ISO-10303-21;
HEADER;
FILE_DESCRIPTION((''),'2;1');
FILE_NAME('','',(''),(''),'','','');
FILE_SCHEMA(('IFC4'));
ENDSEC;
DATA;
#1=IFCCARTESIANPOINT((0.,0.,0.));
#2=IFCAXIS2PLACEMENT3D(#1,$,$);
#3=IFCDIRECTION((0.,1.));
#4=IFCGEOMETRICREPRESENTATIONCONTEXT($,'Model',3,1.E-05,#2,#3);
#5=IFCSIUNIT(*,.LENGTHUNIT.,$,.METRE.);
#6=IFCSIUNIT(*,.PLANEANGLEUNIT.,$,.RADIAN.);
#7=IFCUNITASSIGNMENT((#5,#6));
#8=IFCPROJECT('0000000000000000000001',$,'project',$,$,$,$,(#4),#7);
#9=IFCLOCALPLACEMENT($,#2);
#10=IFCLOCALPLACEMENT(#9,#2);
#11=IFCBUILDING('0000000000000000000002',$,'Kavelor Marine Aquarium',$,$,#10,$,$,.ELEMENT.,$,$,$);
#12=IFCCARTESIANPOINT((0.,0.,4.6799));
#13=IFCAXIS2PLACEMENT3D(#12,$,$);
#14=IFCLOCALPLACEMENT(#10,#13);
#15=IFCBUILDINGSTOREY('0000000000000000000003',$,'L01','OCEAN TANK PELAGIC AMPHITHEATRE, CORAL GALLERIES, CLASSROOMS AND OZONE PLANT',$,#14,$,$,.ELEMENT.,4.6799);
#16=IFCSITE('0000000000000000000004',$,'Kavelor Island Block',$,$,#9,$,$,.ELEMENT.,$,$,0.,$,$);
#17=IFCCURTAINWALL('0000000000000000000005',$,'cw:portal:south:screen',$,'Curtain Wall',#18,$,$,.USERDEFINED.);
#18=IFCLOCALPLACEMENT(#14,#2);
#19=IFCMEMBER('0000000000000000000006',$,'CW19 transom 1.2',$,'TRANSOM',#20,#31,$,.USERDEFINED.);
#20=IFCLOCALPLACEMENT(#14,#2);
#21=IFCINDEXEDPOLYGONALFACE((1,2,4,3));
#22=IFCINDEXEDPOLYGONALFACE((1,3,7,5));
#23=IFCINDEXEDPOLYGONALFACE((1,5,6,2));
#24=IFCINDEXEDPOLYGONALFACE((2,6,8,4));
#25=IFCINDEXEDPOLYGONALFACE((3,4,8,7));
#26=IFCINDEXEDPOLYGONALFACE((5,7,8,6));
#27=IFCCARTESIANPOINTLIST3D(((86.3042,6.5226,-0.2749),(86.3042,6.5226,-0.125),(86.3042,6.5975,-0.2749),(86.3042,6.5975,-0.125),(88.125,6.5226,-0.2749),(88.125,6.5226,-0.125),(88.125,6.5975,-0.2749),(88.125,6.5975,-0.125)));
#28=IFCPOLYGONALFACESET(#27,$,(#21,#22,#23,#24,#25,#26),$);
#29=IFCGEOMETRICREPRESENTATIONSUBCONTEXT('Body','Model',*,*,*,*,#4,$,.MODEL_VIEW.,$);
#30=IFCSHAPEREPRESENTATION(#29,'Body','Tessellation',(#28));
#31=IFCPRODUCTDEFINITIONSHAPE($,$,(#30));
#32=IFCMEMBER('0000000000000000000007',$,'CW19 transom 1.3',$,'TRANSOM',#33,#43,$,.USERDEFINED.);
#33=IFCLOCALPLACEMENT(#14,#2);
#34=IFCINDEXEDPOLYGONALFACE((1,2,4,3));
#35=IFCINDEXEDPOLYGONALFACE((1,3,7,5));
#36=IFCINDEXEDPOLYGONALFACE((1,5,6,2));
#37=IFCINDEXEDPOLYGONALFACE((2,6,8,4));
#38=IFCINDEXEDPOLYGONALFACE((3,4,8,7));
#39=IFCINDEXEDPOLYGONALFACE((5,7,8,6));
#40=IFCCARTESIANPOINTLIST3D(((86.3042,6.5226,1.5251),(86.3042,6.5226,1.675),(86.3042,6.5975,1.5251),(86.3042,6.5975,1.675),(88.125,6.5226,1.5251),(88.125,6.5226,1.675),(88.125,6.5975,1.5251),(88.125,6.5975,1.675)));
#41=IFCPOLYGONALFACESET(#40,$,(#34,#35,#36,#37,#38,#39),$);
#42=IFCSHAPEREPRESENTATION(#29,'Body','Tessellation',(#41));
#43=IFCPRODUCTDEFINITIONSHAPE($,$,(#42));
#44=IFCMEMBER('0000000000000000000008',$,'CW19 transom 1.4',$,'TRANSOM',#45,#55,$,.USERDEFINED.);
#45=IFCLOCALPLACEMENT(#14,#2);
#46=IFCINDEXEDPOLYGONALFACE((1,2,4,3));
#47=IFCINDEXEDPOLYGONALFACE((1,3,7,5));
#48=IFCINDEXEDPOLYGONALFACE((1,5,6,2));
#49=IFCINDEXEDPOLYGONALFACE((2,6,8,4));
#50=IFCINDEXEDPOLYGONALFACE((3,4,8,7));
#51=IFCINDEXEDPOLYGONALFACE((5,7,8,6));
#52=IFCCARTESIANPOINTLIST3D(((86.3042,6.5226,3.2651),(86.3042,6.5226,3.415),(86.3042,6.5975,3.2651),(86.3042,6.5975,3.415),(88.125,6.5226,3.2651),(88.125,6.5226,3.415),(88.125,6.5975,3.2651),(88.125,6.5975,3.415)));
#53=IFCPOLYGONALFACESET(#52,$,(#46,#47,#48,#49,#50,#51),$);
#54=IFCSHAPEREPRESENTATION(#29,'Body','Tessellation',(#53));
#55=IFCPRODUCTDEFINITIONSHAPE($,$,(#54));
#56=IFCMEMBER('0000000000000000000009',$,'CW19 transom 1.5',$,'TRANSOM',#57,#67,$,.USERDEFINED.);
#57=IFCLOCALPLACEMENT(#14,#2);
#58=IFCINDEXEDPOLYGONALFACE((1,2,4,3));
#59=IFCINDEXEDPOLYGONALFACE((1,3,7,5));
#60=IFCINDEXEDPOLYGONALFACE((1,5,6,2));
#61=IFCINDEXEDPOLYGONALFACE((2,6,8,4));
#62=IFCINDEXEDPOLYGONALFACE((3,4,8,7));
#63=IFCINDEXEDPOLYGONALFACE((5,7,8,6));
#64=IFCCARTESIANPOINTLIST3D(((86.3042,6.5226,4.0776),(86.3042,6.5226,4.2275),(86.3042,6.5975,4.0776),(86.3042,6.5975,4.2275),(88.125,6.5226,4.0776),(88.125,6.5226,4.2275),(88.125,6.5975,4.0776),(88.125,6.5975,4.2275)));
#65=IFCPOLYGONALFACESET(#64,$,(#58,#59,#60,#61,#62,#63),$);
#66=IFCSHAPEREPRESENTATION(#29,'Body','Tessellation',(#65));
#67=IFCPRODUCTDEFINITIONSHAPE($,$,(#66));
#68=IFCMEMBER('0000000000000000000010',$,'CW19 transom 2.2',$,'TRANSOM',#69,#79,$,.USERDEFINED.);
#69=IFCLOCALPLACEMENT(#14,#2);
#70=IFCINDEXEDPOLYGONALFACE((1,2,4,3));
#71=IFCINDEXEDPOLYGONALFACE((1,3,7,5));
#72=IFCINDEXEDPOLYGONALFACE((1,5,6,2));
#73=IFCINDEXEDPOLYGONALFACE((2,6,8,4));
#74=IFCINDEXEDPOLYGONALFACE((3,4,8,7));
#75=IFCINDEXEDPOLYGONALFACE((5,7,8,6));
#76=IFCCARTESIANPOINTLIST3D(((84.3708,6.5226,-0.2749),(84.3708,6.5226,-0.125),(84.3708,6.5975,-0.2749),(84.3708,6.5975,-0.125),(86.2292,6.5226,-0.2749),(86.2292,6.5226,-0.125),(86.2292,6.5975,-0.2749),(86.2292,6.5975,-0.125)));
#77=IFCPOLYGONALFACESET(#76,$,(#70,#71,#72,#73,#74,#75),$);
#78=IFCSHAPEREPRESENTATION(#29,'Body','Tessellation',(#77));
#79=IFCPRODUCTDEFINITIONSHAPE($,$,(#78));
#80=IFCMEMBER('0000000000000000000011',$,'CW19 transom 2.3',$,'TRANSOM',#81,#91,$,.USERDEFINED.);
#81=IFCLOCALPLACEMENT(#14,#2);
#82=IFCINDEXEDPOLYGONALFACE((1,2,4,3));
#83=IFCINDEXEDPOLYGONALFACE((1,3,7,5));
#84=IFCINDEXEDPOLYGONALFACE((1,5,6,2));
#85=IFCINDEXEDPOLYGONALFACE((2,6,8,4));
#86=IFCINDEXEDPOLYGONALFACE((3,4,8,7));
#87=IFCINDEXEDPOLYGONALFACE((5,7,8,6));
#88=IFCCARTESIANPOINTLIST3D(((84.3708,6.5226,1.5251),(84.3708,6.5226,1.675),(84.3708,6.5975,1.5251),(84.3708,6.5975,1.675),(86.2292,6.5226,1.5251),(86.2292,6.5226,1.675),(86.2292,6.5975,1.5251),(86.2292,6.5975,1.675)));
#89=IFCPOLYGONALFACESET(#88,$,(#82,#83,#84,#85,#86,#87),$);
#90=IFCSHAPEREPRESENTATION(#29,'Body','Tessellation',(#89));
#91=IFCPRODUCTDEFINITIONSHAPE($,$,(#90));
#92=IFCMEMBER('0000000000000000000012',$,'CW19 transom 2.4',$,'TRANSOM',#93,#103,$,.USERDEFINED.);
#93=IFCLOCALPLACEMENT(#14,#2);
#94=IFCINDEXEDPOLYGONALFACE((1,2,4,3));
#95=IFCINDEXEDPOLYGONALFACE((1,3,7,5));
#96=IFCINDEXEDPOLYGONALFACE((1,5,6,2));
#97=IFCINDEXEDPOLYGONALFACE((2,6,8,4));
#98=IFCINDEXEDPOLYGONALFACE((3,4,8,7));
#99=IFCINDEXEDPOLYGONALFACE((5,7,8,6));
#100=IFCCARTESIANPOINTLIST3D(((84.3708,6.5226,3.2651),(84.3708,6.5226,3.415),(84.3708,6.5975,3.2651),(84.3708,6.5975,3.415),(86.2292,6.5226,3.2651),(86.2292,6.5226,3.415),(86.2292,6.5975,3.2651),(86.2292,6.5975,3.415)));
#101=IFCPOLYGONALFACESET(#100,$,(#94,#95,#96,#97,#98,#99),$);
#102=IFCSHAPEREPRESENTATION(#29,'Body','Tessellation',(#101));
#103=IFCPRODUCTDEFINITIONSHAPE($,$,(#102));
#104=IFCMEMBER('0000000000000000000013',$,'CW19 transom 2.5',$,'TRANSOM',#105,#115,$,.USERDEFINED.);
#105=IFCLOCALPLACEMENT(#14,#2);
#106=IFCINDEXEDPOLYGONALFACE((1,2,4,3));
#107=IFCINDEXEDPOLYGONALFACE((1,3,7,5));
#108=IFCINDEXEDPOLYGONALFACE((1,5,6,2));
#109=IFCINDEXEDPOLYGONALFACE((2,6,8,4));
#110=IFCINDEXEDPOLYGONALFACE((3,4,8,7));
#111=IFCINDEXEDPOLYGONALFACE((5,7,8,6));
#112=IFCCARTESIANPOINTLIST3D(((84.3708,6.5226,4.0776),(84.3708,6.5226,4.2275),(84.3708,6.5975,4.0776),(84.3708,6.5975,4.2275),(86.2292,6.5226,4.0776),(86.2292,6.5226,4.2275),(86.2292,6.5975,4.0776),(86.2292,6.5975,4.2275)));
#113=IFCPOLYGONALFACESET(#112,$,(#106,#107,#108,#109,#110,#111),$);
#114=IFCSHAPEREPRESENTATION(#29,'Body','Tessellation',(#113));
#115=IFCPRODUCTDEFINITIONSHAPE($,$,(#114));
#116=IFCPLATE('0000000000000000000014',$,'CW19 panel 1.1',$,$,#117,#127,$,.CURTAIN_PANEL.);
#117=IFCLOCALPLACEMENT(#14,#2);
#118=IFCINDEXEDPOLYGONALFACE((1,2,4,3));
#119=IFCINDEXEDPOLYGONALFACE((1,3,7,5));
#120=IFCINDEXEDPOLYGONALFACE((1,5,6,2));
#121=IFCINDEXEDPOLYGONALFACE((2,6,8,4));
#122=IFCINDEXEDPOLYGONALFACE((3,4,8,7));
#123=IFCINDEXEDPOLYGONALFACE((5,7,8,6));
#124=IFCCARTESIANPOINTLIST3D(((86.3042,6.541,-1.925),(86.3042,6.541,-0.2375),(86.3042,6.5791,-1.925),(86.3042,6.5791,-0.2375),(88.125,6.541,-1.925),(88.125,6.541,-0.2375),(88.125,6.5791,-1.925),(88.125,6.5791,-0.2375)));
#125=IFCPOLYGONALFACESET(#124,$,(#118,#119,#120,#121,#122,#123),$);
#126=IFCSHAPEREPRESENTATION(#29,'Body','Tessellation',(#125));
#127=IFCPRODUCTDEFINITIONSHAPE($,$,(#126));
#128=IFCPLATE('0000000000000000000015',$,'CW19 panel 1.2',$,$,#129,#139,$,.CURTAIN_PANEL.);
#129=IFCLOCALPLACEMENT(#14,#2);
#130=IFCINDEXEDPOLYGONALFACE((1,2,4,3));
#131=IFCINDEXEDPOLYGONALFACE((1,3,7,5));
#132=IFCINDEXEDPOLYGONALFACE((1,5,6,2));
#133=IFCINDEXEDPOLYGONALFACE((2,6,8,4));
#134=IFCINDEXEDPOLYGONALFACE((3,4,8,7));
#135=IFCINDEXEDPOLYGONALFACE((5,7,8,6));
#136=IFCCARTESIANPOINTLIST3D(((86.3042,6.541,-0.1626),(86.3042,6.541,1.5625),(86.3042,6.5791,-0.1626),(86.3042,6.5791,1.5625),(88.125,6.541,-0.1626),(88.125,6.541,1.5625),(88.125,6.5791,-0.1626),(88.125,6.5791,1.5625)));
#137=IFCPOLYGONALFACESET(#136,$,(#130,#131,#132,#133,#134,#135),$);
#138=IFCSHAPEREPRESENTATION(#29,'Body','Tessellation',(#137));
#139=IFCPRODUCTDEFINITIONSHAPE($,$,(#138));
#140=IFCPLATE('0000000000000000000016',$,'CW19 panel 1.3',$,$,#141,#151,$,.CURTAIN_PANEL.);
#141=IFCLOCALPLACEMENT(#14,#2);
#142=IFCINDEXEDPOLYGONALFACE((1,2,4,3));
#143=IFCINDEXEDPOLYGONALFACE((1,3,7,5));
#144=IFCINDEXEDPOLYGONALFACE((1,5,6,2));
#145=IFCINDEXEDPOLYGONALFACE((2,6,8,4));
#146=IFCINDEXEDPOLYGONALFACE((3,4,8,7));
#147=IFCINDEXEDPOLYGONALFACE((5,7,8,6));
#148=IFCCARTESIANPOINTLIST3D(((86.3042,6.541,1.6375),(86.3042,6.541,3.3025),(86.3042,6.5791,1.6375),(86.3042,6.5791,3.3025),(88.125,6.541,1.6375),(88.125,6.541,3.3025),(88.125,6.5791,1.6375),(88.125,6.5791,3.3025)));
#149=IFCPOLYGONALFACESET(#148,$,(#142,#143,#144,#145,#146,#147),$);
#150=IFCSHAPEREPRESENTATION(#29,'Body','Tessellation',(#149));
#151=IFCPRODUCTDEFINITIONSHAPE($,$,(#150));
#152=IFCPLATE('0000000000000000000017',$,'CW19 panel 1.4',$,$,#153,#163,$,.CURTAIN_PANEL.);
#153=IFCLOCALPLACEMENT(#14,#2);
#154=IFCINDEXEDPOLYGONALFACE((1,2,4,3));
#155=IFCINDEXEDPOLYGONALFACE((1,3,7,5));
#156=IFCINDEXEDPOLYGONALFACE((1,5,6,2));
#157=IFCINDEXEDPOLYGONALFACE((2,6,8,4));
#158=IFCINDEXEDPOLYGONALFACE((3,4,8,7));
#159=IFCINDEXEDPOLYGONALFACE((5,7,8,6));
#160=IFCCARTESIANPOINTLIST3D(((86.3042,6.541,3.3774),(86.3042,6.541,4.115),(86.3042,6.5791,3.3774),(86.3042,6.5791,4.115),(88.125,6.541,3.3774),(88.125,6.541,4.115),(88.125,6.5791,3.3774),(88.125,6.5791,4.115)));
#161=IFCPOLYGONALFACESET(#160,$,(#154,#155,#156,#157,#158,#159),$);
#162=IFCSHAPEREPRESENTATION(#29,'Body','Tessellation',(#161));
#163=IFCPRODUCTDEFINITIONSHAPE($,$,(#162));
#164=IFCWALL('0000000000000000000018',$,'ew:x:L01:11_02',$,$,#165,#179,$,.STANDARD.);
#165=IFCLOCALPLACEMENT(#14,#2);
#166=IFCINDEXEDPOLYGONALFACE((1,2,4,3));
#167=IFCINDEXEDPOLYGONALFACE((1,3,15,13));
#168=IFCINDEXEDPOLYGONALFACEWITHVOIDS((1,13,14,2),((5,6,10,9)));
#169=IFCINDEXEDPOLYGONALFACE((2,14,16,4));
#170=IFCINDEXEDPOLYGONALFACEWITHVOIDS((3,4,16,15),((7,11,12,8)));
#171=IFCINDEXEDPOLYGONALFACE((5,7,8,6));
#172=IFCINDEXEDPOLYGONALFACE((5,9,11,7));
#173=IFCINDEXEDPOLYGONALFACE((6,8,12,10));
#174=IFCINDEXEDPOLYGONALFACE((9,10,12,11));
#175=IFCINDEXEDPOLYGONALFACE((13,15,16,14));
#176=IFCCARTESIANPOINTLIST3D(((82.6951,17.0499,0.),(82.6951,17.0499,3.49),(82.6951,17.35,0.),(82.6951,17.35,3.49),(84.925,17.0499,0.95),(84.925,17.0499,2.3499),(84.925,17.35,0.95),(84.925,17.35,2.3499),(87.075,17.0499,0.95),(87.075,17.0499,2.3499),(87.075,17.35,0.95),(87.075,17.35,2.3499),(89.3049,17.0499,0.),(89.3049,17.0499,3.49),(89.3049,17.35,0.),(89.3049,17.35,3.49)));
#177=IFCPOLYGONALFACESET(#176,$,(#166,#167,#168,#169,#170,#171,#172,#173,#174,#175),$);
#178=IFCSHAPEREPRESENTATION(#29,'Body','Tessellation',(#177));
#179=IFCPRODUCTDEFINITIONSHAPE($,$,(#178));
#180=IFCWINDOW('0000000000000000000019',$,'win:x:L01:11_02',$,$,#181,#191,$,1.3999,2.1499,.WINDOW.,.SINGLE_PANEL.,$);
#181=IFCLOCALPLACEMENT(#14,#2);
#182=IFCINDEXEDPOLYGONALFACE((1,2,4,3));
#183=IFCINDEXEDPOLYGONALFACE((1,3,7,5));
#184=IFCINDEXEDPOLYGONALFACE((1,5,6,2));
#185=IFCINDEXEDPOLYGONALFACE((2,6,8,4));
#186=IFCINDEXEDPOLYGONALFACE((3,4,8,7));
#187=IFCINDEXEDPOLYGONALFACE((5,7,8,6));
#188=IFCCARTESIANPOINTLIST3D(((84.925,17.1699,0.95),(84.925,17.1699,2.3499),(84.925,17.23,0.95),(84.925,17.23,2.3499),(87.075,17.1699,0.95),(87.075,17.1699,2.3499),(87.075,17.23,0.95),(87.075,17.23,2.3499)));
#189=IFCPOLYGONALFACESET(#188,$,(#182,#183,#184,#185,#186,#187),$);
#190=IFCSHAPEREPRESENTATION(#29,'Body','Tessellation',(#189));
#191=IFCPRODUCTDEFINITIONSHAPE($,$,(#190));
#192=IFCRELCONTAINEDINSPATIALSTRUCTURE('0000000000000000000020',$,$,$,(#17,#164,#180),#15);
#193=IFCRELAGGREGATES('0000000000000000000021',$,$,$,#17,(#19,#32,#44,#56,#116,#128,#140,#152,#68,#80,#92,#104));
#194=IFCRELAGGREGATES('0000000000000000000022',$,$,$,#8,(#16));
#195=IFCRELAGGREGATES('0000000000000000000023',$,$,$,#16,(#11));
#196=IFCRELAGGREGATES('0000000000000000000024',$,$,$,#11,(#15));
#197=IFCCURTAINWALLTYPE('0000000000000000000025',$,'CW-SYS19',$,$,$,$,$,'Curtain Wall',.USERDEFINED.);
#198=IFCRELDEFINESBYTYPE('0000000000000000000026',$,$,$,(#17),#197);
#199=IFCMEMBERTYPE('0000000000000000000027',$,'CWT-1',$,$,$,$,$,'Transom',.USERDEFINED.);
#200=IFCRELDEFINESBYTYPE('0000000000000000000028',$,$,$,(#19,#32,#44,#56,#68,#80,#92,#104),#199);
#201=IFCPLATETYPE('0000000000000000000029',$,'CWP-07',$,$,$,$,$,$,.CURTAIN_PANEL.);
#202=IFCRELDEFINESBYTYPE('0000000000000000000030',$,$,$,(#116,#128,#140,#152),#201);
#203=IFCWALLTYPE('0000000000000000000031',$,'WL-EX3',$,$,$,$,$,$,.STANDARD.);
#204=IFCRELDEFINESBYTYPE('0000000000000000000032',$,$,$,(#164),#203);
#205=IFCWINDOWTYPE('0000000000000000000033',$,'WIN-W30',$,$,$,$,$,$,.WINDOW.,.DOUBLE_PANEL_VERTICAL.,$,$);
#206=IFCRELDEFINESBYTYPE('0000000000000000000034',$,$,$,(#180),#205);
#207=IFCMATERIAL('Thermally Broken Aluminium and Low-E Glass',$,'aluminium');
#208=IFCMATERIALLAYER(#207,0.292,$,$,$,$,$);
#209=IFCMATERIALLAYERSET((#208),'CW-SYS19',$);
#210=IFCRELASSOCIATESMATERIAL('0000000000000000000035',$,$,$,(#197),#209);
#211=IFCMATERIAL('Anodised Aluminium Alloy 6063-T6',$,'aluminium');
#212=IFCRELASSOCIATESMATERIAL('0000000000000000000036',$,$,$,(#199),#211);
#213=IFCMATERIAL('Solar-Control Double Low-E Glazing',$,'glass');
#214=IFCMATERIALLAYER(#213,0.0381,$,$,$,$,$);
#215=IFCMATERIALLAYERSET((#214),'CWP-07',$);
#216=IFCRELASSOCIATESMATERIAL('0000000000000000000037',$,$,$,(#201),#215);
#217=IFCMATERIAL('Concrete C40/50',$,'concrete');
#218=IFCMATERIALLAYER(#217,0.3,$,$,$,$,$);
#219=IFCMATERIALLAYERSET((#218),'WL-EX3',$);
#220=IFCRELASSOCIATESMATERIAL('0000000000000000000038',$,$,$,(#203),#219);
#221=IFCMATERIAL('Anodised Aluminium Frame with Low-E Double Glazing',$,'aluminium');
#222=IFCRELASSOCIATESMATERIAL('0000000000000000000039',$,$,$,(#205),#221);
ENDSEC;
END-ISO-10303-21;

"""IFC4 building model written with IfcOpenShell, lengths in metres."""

from ifc_helpers import new_model, si_unit, direction, frame, frame_2d, origin, origin_2d, place, context, subcontext, project, spatial, rectangle, extrude, material, layer, layer_set, material_profile, profile_set, type_object, element, fill, aggregate, save


model = new_model("IFC4")

# Units and contexts
model_context = context("Model", 3, precision=1e-05, world=origin(), true_north=direction((0.0, 1.0)))
body_context = subcontext(model_context, "Body", "Model", "MODEL_VIEW")
ifc_project = project(units=[si_unit("LENGTHUNIT", "METRE"), si_unit("PLANEANGLEUNIT", "RADIAN")], contexts=[model_context])

# Site, building, storey
site_placement = place(None, origin())
site = spatial("IfcSite", under=ifc_project, at=site_placement, Name="Kavelor Island Block", CompositionType="ELEMENT", RefElevation=0.0)
building_placement = place(site_placement, origin())
building = spatial("IfcBuilding", under=site, at=building_placement, Name="Kavelor Marine Aquarium", CompositionType="ELEMENT")
storey_placement = place(building_placement, frame((0.0, 0.0, 4.6799)))
storey = spatial("IfcBuildingStorey", under=building, at=storey_placement, Name="L01", Description="OCEAN TANK PELAGIC AMPHITHEATRE, CORAL GALLERIES, CLASSROOMS AND OZONE PLANT", CompositionType="ELEMENT", Elevation=4.6799)

# Curtain wall
ifc_material_1 = material(Name="Thermally Broken Aluminium and Low-E Glass", Category="aluminium")
ifc_layer_1 = layer(ifc_material_1, 0.292)
ifc_layer_set_1 = layer_set([ifc_layer_1], Name="CW-SYS19")
curtain_wall_type_1 = type_object("IfcCurtainWallType", Name="CW-SYS19", ElementType="Curtain Wall", PredefinedType="USERDEFINED", material=ifc_layer_set_1)
curtain_wall_1_placement = place(storey_placement, origin())
curtain_wall_1 = element("IfcCurtainWall", 1, at=curtain_wall_1_placement, inside=storey, type_object=curtain_wall_type_1, Name="cw:portal:south:screen", ObjectType="Curtain Wall", PredefinedType="USERDEFINED")

# Members
ifc_material_2 = material(Name="Anodised Aluminium Alloy 6063-T6", Category="aluminium")
ifc_material_profile_1 = material_profile(ifc_material_2, rectangle(XDim=0.075, YDim=0.1499, at=origin_2d()), Name="CW-TRN 75x150")
ifc_profile_set_1 = profile_set([ifc_material_profile_1], Name="Anodised Aluminium Alloy 6063-T6")
member_type_1 = type_object("IfcMemberType", Name="CWT-1", ElementType="Transom", PredefinedType="USERDEFINED", material=ifc_profile_set_1)
member_1_placement = place(storey_placement, frame((88.125, 6.5601, -0.2), z_axis=(-1.0, 0.0, 0.0), x_axis=(0.0, -1.0, 0.0)))
member_1 = element("IfcMember", 2, at=member_1_placement, type_object=member_type_1, Name="CW19 transom 1.2", ObjectType="TRANSOM", PredefinedType="USERDEFINED", context=body_context, shape_type="SweptSolid", body=[
    extrude(rectangle(XDim=0.075, YDim=0.1499, at=origin_2d()), origin(), (0.0, 0.0, 1.0), 1.8208),
])
member_2_placement = place(storey_placement, frame((88.125, 6.5601, 1.6001), z_axis=(-1.0, 0.0, 0.0), x_axis=(0.0, -1.0, 0.0)))
member_2 = element("IfcMember", 3, at=member_2_placement, type_object=member_type_1, Name="CW19 transom 1.3", ObjectType="TRANSOM", PredefinedType="USERDEFINED", context=body_context, shape_type="SweptSolid", body=[
    extrude(rectangle(XDim=0.075, YDim=0.1499, at=origin_2d()), origin(), (0.0, 0.0, 1.0), 1.8208),
])
member_3_placement = place(storey_placement, frame((88.125, 6.5601, 3.3401), z_axis=(-1.0, 0.0, 0.0), x_axis=(0.0, -1.0, 0.0)))
member_3 = element("IfcMember", 4, at=member_3_placement, type_object=member_type_1, Name="CW19 transom 1.4", ObjectType="TRANSOM", PredefinedType="USERDEFINED", context=body_context, shape_type="SweptSolid", body=[
    extrude(rectangle(XDim=0.075, YDim=0.1499, at=origin_2d()), origin(), (0.0, 0.0, 1.0), 1.8208),
])
member_4_placement = place(storey_placement, frame((88.125, 6.5601, 4.1526), z_axis=(-1.0, 0.0, 0.0), x_axis=(0.0, -1.0, 0.0)))
member_4 = element("IfcMember", 5, at=member_4_placement, type_object=member_type_1, Name="CW19 transom 1.5", ObjectType="TRANSOM", PredefinedType="USERDEFINED", context=body_context, shape_type="SweptSolid", body=[
    extrude(rectangle(XDim=0.075, YDim=0.1499, at=origin_2d()), origin(), (0.0, 0.0, 1.0), 1.8208),
])
member_5_placement = place(storey_placement, frame((86.2292, 6.5601, -0.2), z_axis=(-1.0, 0.0, 0.0), x_axis=(0.0, -1.0, 0.0)))
member_5 = element("IfcMember", 6, at=member_5_placement, type_object=member_type_1, Name="CW19 transom 2.2", ObjectType="TRANSOM", PredefinedType="USERDEFINED", context=body_context, shape_type="SweptSolid", body=[
    extrude(rectangle(XDim=0.075, YDim=0.1499, at=origin_2d()), origin(), (0.0, 0.0, 1.0), 1.8584),
])
member_6_placement = place(storey_placement, frame((86.2292, 6.5601, 1.6001), z_axis=(-1.0, 0.0, 0.0), x_axis=(0.0, -1.0, 0.0)))
member_6 = element("IfcMember", 7, at=member_6_placement, type_object=member_type_1, Name="CW19 transom 2.3", ObjectType="TRANSOM", PredefinedType="USERDEFINED", context=body_context, shape_type="SweptSolid", body=[
    extrude(rectangle(XDim=0.075, YDim=0.1499, at=origin_2d()), origin(), (0.0, 0.0, 1.0), 1.8584),
])
member_7_placement = place(storey_placement, frame((86.2292, 6.5601, 3.3401), z_axis=(-1.0, 0.0, 0.0), x_axis=(0.0, -1.0, 0.0)))
member_7 = element("IfcMember", 8, at=member_7_placement, type_object=member_type_1, Name="CW19 transom 2.4", ObjectType="TRANSOM", PredefinedType="USERDEFINED", context=body_context, shape_type="SweptSolid", body=[
    extrude(rectangle(XDim=0.075, YDim=0.1499, at=origin_2d()), origin(), (0.0, 0.0, 1.0), 1.8584),
])
member_8_placement = place(storey_placement, frame((86.2292, 6.5601, 4.1526), z_axis=(-1.0, 0.0, 0.0), x_axis=(0.0, -1.0, 0.0)))
member_8 = element("IfcMember", 9, at=member_8_placement, type_object=member_type_1, Name="CW19 transom 2.5", ObjectType="TRANSOM", PredefinedType="USERDEFINED", context=body_context, shape_type="SweptSolid", body=[
    extrude(rectangle(XDim=0.075, YDim=0.1499, at=origin_2d()), origin(), (0.0, 0.0, 1.0), 1.8584),
])

# Plates
ifc_material_3 = material(Name="Solar-Control Double Low-E Glazing", Category="glass")
ifc_layer_2 = layer(ifc_material_3, 0.0381)
ifc_layer_set_2 = layer_set([ifc_layer_2], Name="CWP-07")
plate_type = type_object("IfcPlateType", Name="CWP-07", PredefinedType="CURTAIN_PANEL", material=ifc_layer_set_2)
plate_1_placement = place(storey_placement, frame((87.2146, 6.5601, -1.925), z_axis=(0.0, 0.0, 1.0), x_axis=(-1.0, 0.0, 0.0)))
plate_1 = element("IfcPlate", 10, at=plate_1_placement, type_object=plate_type, Name="CW19 panel 1.1", PredefinedType="CURTAIN_PANEL", context=body_context, shape_type="SweptSolid", body=[
    extrude(rectangle(XDim=1.8208, YDim=0.0381, at=origin_2d()), origin(), (0.0, 0.0, 1.0), 1.6875),
])
plate_2_placement = place(storey_placement, frame((87.2146, 6.5601, -0.1626), z_axis=(0.0, 0.0, 1.0), x_axis=(-1.0, 0.0, 0.0)))
plate_2 = element("IfcPlate", 11, at=plate_2_placement, type_object=plate_type, Name="CW19 panel 1.2", PredefinedType="CURTAIN_PANEL", context=body_context, shape_type="SweptSolid", body=[
    extrude(rectangle(XDim=1.8208, YDim=0.0381, at=origin_2d()), origin(), (0.0, 0.0, 1.0), 1.7251),
])
plate_3_placement = place(storey_placement, frame((87.2146, 6.5601, 1.6375), z_axis=(0.0, 0.0, 1.0), x_axis=(-1.0, 0.0, 0.0)))
plate_3 = element("IfcPlate", 12, at=plate_3_placement, type_object=plate_type, Name="CW19 panel 1.3", PredefinedType="CURTAIN_PANEL", context=body_context, shape_type="SweptSolid", body=[
    extrude(rectangle(XDim=1.8208, YDim=0.0381, at=origin_2d()), origin(), (0.0, 0.0, 1.0), 1.665),
])
plate_4_placement = place(storey_placement, frame((87.2146, 6.5601, 3.3774), z_axis=(0.0, 0.0, 1.0), x_axis=(-1.0, 0.0, 0.0)))
plate_4 = element("IfcPlate", 13, at=plate_4_placement, type_object=plate_type, Name="CW19 panel 1.4", PredefinedType="CURTAIN_PANEL", context=body_context, shape_type="SweptSolid", body=[
    extrude(rectangle(XDim=1.8208, YDim=0.0381, at=origin_2d()), origin(), (0.0, 0.0, 1.0), 0.7375),
])
aggregate(curtain_wall_1, [member_1, member_2, member_3, member_4, plate_1, plate_2, plate_3, plate_4, member_5, member_6, member_7, member_8])

# Wall, opening, window
ifc_material_4 = material(Name="Concrete C40/50", Category="concrete")
ifc_layer_3 = layer(ifc_material_4, 0.3)
ifc_layer_set_3 = layer_set([ifc_layer_3], Name="WL-EX3")
wall_type_1 = type_object("IfcWallType", Name="WL-EX3", PredefinedType="STANDARD", material=ifc_layer_set_3)
wall_1_placement = place(storey_placement, frame((82.6951, 17.2, 0.0), z_axis=(0.0, 0.0, 1.0), x_axis=(1.0, 0.0, 0.0)))
wall_1 = element("IfcWall", 14, at=wall_1_placement, inside=storey, type_object=wall_type_1, Name="ew:x:L01:11_02", PredefinedType="STANDARD", context=body_context, shape_type="SweptSolid", body=[
    extrude(rectangle(XDim=6.6099, YDim=0.3, at=frame_2d((3.3049, 0.0))), origin(), (0.0, 0.0, 1.0), 3.49),
])
opening_1_placement = place(wall_1_placement, frame((2.23, 0.0, 0.95)))
opening_1 = element("IfcOpeningElement", 15, at=opening_1_placement, cuts=wall_1, PredefinedType="OPENING", context=body_context, shape_type="SweptSolid", body=[
    extrude(rectangle(XDim=2.1499, YDim=1.3999, at=frame_2d((1.075, 0.7))), frame((0.0, 0.1599, 0.0), z_axis=(0.0, -1.0, 0.0), x_axis=(1.0, 0.0, 0.0)), (0.0, 0.0, 1.0), 0.32),
])
ifc_material_5 = material(Name="Anodised Aluminium Frame with Low-E Double Glazing", Category="aluminium")
window_type = type_object("IfcWindowType", Name="WIN-W30", PartitioningType="DOUBLE_PANEL_VERTICAL", PredefinedType="WINDOW", material=ifc_material_5)
window_placement = place(opening_1_placement, origin())
window = element("IfcWindow", 16, at=window_placement, inside=storey, type_object=window_type, Name="win:x:L01:11_02", OverallHeight=1.3999, OverallWidth=2.1499, PartitioningType="SINGLE_PANEL", PredefinedType="WINDOW", context=body_context, shape_type="SweptSolid", body=[
    extrude(rectangle(XDim=2.1499, YDim=1.3999, at=frame_2d((1.075, 0.7))), frame((0.0, 0.03, 0.0), z_axis=(0.0, -1.0, 0.0), x_axis=(1.0, 0.0, 0.0)), (0.0, 0.0, 1.0), 0.0601),
])
fill(opening_1, window)

save(model, "model.ifc")
